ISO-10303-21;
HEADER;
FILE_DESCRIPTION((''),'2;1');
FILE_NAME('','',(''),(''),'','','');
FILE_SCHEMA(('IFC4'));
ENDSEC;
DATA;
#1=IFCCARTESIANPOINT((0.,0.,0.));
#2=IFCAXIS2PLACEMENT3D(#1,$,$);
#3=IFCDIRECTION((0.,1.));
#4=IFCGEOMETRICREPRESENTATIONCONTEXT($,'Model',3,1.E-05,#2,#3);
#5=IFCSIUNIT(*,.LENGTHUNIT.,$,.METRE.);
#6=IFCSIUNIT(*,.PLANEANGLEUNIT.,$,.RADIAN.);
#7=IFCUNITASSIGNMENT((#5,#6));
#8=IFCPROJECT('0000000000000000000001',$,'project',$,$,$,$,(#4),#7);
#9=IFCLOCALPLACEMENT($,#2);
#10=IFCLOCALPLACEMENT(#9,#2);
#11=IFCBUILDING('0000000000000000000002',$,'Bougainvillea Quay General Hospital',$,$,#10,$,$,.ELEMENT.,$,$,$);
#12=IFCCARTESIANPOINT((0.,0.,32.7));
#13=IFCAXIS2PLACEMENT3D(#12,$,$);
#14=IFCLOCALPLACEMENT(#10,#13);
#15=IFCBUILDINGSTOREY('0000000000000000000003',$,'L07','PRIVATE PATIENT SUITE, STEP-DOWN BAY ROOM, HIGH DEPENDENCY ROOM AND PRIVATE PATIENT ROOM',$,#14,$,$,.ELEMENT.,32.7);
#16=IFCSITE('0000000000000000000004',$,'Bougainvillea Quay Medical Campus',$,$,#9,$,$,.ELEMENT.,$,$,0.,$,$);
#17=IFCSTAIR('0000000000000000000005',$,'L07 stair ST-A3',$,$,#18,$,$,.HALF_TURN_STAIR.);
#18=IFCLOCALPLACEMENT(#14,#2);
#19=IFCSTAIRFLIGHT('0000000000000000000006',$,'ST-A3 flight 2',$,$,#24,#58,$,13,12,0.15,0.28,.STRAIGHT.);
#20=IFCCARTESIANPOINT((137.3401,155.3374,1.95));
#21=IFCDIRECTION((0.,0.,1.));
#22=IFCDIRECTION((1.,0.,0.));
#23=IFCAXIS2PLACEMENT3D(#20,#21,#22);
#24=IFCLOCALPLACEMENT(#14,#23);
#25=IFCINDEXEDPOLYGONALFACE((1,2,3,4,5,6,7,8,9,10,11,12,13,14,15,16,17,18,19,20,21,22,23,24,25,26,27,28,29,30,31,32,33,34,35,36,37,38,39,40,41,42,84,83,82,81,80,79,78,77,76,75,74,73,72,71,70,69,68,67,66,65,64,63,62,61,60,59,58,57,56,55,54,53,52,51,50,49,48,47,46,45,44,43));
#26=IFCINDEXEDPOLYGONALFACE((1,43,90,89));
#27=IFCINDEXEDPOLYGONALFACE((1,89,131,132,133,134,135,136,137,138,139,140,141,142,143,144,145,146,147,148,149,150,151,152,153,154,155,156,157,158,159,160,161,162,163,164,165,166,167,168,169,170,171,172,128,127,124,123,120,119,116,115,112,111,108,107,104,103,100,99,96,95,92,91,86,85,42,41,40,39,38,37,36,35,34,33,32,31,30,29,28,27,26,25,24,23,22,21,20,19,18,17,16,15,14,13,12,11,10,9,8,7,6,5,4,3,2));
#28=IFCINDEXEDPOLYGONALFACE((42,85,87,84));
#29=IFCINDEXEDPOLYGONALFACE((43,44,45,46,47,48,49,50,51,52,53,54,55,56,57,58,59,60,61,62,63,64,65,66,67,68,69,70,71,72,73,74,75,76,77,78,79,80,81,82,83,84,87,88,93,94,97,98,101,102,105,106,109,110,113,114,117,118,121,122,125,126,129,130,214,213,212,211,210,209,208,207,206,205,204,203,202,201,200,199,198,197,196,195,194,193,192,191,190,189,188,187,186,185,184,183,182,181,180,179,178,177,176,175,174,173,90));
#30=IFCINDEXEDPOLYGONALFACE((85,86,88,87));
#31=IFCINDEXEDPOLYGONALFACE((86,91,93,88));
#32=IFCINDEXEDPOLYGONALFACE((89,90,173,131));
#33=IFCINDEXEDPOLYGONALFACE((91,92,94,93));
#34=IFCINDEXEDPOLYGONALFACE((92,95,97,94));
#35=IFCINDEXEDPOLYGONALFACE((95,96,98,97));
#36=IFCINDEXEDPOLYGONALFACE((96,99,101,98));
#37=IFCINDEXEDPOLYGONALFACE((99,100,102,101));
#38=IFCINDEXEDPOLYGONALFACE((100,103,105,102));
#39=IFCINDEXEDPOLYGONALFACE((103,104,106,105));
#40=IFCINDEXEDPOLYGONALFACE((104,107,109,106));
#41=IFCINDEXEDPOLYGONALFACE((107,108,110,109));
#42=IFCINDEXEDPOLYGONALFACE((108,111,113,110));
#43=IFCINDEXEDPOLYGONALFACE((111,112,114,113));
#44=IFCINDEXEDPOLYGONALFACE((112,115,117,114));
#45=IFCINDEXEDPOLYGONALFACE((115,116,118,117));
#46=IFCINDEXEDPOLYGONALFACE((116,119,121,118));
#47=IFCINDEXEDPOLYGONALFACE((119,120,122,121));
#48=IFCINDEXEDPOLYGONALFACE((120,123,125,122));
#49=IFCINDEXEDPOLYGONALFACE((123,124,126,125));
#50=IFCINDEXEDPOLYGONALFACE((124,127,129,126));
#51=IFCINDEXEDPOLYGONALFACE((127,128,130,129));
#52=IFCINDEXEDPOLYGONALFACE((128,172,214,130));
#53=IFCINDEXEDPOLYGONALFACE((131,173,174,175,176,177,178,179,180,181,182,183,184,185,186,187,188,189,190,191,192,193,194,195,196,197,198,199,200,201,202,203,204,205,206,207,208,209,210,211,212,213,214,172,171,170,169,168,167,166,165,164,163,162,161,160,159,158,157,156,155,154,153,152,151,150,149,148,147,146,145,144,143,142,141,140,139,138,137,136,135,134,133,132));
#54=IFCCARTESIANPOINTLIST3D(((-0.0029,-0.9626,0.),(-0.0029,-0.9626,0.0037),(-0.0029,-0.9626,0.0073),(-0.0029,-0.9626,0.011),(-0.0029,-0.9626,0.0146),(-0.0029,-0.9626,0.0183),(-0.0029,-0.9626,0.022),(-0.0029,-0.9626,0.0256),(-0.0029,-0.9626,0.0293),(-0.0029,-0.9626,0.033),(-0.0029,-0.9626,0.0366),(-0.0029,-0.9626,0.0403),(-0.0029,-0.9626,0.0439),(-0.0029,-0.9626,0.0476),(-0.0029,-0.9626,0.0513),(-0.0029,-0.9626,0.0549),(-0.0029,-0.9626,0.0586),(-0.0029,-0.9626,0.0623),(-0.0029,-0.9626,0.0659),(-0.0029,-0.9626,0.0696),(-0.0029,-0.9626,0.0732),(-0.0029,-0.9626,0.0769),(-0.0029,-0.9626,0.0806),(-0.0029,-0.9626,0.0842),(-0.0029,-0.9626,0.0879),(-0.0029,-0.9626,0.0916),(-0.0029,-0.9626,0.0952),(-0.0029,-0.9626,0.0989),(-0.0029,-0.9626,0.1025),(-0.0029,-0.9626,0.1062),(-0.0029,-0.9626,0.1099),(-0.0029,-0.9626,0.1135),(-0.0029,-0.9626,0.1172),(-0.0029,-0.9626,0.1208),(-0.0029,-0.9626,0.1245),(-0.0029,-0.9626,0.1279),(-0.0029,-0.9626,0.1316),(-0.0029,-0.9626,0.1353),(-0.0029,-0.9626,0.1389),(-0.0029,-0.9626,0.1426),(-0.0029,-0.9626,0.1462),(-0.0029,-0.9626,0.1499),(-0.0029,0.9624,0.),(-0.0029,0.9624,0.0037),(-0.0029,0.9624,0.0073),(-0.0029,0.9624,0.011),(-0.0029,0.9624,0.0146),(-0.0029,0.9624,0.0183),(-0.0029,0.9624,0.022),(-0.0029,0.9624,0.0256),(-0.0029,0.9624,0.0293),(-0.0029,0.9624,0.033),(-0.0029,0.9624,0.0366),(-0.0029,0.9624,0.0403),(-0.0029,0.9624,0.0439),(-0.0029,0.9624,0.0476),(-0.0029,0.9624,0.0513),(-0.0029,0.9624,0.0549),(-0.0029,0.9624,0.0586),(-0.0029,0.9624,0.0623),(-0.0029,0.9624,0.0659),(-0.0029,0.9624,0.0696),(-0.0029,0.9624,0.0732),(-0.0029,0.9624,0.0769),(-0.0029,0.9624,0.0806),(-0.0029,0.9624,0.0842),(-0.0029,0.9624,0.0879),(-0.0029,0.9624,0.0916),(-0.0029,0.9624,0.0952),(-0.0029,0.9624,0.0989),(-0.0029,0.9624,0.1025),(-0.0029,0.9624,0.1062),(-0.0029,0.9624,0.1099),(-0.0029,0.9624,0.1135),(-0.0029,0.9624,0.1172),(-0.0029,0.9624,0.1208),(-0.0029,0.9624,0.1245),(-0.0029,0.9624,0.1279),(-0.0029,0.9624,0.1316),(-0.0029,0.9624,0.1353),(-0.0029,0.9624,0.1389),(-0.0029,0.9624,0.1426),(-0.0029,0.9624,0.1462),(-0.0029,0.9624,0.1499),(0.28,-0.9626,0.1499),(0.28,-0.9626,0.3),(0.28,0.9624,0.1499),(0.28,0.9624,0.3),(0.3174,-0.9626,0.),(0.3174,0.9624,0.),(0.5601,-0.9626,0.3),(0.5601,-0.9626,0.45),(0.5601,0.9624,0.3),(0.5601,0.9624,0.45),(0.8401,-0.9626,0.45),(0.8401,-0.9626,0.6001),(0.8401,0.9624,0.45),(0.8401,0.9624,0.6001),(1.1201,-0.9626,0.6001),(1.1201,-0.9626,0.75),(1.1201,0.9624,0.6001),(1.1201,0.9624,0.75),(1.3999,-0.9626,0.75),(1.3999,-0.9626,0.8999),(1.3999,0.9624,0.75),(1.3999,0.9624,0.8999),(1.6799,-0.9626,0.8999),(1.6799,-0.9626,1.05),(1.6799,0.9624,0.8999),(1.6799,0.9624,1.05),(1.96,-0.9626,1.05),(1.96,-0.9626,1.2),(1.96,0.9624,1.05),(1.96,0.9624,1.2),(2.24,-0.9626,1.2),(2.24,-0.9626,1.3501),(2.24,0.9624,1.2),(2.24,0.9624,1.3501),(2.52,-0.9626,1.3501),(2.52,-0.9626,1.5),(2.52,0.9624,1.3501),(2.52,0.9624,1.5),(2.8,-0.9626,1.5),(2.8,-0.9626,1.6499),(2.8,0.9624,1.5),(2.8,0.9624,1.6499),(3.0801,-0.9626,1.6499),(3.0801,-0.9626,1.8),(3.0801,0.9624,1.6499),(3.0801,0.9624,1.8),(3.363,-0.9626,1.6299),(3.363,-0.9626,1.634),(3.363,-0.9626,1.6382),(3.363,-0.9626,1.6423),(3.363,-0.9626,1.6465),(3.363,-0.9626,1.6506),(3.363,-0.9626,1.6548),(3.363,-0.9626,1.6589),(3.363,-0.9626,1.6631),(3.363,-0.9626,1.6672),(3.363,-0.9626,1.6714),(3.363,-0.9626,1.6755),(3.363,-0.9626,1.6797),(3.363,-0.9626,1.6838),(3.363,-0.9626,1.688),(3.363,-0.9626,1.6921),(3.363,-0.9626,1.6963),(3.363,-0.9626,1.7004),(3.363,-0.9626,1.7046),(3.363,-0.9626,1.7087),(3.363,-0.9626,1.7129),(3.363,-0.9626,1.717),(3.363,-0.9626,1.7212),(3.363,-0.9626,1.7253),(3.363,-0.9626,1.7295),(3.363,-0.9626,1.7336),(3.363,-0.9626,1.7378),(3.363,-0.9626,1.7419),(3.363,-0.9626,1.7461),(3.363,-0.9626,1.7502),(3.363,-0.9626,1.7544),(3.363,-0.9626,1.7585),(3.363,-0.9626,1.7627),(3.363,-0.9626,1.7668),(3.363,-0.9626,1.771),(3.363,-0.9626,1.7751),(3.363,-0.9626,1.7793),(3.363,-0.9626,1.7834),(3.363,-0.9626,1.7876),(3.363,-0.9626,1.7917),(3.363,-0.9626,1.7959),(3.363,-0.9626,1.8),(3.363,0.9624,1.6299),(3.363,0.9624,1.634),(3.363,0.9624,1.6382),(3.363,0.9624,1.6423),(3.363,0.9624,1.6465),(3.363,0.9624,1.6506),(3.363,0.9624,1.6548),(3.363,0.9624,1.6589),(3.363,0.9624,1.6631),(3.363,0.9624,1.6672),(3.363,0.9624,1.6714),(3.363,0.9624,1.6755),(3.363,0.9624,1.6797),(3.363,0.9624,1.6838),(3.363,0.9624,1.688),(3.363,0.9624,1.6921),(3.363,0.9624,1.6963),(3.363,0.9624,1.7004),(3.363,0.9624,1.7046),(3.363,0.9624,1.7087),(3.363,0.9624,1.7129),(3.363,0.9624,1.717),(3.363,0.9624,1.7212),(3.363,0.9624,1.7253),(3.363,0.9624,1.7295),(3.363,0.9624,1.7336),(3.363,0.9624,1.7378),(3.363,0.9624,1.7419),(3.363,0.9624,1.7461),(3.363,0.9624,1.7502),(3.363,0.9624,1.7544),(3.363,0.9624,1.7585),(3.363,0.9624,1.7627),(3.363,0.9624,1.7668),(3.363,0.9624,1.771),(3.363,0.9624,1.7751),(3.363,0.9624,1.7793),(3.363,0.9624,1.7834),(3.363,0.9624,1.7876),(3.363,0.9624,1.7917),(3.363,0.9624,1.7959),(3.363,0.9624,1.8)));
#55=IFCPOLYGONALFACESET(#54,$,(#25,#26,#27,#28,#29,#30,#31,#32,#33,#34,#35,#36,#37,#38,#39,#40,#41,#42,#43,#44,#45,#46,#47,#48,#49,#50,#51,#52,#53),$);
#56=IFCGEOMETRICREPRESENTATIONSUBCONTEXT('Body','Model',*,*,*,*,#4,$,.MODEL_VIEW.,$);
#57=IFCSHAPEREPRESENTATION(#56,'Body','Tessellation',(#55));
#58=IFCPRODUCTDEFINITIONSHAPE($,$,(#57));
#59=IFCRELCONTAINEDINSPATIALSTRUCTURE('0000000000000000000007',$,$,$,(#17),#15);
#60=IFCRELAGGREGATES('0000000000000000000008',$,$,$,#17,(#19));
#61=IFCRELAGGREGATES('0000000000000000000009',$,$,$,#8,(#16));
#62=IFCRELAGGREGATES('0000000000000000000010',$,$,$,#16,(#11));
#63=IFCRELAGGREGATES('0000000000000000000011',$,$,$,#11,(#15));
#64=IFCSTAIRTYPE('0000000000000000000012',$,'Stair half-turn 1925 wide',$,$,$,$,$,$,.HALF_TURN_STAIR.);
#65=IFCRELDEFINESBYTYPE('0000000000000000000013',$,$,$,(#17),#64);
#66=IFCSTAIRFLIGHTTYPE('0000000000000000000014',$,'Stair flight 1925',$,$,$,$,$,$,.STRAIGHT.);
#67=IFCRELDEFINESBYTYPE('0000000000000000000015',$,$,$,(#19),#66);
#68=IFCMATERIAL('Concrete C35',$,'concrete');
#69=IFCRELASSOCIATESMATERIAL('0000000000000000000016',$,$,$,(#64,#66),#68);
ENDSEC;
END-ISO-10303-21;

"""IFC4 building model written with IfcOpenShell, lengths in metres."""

from ifc_helpers import new_model, si_unit, direction, frame, origin, place, context, subcontext, project, spatial, polyline, outline, extrude, material, type_object, element, aggregate, save


model = new_model("IFC4")

# Units and contexts
model_context = context("Model", 3, precision=1e-05, world=origin(), true_north=direction((0.0, 1.0)))
body_context = subcontext(model_context, "Body", "Model", "MODEL_VIEW")
ifc_project = project(units=[si_unit("LENGTHUNIT", "METRE"), si_unit("PLANEANGLEUNIT", "RADIAN")], contexts=[model_context])

# Site, building, storey
site_placement = place(None, origin())
site = spatial("IfcSite", under=ifc_project, at=site_placement, Name="Bougainvillea Quay Medical Campus", CompositionType="ELEMENT", RefElevation=0.0)
building_placement = place(site_placement, origin())
building = spatial("IfcBuilding", under=site, at=building_placement, Name="Bougainvillea Quay General Hospital", CompositionType="ELEMENT")
storey_placement = place(building_placement, frame((0.0, 0.0, 32.7)))
storey = spatial("IfcBuildingStorey", under=building, at=storey_placement, Name="L07", Description="PRIVATE PATIENT SUITE, STEP-DOWN BAY ROOM, HIGH DEPENDENCY ROOM AND PRIVATE PATIENT ROOM", CompositionType="ELEMENT", Elevation=32.7)

# Stair, stair flight
ifc_material_1 = material(Name="Concrete C35", Category="concrete")
stair_type = type_object("IfcStairType", Name="Stair half-turn 1925 wide", PredefinedType="HALF_TURN_STAIR", material=ifc_material_1)
stair_placement = place(storey_placement, origin())
stair = element("IfcStair", 1, at=stair_placement, inside=storey, type_object=stair_type, Name="L07 stair ST-A3", PredefinedType="HALF_TURN_STAIR")
stair_flight_type = type_object("IfcStairFlightType", Name="Stair flight 1925", PredefinedType="STRAIGHT", material=ifc_material_1)
stair_flight_1_placement = place(storey_placement, frame((137.3401, 155.3374, 1.95), z_axis=(0.0, 0.0, 1.0), x_axis=(1.0, 0.0, 0.0)))
stair_flight_1 = element("IfcStairFlight", 2, at=stair_flight_1_placement, type_object=stair_flight_type, Name="ST-A3 flight 2", NumberOfRisers=13, NumberOfTreads=12, PredefinedType="STRAIGHT", RiserHeight=0.15, TreadLength=0.28, context=body_context, shape_type="SweptSolid", body=[
    extrude(outline(polyline([(-0.0029, 0.0), (-0.0029, 0.0037), (-0.0029, 0.0073), (-0.0029, 0.011), (-0.0029, 0.0146), (-0.0029, 0.0183), (-0.0029, 0.022), (-0.0029, 0.0256), (-0.0029, 0.0293), (-0.0029, 0.033), (-0.0029, 0.0366), (-0.0029, 0.0403), (-0.0029, 0.0439), (-0.0029, 0.0476), (-0.0029, 0.0513), (-0.0029, 0.0549), (-0.0029, 0.0586), (-0.0029, 0.0623), (-0.0029, 0.0659), (-0.0029, 0.0696), (-0.0029, 0.0732), (-0.0029, 0.0769), (-0.0029, 0.0806), (-0.0029, 0.0842), (-0.0029, 0.0879), (-0.0029, 0.0916), (-0.0029, 0.0952), (-0.0029, 0.0989), (-0.0029, 0.1025), (-0.0029, 0.1062), (-0.0029, 0.1099), (-0.0029, 0.1135), (-0.0029, 0.1172), (-0.0029, 0.1208), (-0.0029, 0.1245), (-0.0029, 0.1279), (-0.0029, 0.1316), (-0.0029, 0.1353), (-0.0029, 0.1389), (-0.0029, 0.1426), (-0.0029, 0.1462), (-0.0029, 0.1499), (0.28, 0.1499), (0.28, 0.3), (0.5601, 0.3), (0.5601, 0.45), (0.8401, 0.45), (0.8401, 0.6001), (1.1201, 0.6001), (1.1201, 0.75), (1.3999, 0.75), (1.3999, 0.8999), (1.6799, 0.8999), (1.6799, 1.05), (1.96, 1.05), (1.96, 1.2), (2.24, 1.2), (2.24, 1.3501), (2.52, 1.3501), (2.52, 1.5), (2.8, 1.5), (2.8, 1.6499), (3.0801, 1.6499), (3.0801, 1.8), (3.363, 1.8), (3.363, 1.7959), (3.363, 1.7917), (3.363, 1.7876), (3.363, 1.7834), (3.363, 1.7793), (3.363, 1.7751), (3.363, 1.771), (3.363, 1.7668), (3.363, 1.7627), (3.363, 1.7585), (3.363, 1.7544), (3.363, 1.7502), (3.363, 1.7461), (3.363, 1.7419), (3.363, 1.7378), (3.363, 1.7336), (3.363, 1.7295), (3.363, 1.7253), (3.363, 1.7212), (3.363, 1.717), (3.363, 1.7129), (3.363, 1.7087), (3.363, 1.7046), (3.363, 1.7004), (3.363, 1.6963), (3.363, 1.6921), (3.363, 1.688), (3.363, 1.6838), (3.363, 1.6797), (3.363, 1.6755), (3.363, 1.6714), (3.363, 1.6672), (3.363, 1.6631), (3.363, 1.6589), (3.363, 1.6548), (3.363, 1.6506), (3.363, 1.6465), (3.363, 1.6423), (3.363, 1.6382), (3.363, 1.634), (3.363, 1.6299), (0.3174, 0.0), (-0.0029, 0.0)])), frame((0.0, 0.9624, 0.0), z_axis=(0.0, -1.0, 0.0), x_axis=(1.0, 0.0, 0.0)), (0.0, 0.0, 1.0), 1.925),
])
aggregate(stair, [stair_flight_1])

save(model, "model.ifc")
